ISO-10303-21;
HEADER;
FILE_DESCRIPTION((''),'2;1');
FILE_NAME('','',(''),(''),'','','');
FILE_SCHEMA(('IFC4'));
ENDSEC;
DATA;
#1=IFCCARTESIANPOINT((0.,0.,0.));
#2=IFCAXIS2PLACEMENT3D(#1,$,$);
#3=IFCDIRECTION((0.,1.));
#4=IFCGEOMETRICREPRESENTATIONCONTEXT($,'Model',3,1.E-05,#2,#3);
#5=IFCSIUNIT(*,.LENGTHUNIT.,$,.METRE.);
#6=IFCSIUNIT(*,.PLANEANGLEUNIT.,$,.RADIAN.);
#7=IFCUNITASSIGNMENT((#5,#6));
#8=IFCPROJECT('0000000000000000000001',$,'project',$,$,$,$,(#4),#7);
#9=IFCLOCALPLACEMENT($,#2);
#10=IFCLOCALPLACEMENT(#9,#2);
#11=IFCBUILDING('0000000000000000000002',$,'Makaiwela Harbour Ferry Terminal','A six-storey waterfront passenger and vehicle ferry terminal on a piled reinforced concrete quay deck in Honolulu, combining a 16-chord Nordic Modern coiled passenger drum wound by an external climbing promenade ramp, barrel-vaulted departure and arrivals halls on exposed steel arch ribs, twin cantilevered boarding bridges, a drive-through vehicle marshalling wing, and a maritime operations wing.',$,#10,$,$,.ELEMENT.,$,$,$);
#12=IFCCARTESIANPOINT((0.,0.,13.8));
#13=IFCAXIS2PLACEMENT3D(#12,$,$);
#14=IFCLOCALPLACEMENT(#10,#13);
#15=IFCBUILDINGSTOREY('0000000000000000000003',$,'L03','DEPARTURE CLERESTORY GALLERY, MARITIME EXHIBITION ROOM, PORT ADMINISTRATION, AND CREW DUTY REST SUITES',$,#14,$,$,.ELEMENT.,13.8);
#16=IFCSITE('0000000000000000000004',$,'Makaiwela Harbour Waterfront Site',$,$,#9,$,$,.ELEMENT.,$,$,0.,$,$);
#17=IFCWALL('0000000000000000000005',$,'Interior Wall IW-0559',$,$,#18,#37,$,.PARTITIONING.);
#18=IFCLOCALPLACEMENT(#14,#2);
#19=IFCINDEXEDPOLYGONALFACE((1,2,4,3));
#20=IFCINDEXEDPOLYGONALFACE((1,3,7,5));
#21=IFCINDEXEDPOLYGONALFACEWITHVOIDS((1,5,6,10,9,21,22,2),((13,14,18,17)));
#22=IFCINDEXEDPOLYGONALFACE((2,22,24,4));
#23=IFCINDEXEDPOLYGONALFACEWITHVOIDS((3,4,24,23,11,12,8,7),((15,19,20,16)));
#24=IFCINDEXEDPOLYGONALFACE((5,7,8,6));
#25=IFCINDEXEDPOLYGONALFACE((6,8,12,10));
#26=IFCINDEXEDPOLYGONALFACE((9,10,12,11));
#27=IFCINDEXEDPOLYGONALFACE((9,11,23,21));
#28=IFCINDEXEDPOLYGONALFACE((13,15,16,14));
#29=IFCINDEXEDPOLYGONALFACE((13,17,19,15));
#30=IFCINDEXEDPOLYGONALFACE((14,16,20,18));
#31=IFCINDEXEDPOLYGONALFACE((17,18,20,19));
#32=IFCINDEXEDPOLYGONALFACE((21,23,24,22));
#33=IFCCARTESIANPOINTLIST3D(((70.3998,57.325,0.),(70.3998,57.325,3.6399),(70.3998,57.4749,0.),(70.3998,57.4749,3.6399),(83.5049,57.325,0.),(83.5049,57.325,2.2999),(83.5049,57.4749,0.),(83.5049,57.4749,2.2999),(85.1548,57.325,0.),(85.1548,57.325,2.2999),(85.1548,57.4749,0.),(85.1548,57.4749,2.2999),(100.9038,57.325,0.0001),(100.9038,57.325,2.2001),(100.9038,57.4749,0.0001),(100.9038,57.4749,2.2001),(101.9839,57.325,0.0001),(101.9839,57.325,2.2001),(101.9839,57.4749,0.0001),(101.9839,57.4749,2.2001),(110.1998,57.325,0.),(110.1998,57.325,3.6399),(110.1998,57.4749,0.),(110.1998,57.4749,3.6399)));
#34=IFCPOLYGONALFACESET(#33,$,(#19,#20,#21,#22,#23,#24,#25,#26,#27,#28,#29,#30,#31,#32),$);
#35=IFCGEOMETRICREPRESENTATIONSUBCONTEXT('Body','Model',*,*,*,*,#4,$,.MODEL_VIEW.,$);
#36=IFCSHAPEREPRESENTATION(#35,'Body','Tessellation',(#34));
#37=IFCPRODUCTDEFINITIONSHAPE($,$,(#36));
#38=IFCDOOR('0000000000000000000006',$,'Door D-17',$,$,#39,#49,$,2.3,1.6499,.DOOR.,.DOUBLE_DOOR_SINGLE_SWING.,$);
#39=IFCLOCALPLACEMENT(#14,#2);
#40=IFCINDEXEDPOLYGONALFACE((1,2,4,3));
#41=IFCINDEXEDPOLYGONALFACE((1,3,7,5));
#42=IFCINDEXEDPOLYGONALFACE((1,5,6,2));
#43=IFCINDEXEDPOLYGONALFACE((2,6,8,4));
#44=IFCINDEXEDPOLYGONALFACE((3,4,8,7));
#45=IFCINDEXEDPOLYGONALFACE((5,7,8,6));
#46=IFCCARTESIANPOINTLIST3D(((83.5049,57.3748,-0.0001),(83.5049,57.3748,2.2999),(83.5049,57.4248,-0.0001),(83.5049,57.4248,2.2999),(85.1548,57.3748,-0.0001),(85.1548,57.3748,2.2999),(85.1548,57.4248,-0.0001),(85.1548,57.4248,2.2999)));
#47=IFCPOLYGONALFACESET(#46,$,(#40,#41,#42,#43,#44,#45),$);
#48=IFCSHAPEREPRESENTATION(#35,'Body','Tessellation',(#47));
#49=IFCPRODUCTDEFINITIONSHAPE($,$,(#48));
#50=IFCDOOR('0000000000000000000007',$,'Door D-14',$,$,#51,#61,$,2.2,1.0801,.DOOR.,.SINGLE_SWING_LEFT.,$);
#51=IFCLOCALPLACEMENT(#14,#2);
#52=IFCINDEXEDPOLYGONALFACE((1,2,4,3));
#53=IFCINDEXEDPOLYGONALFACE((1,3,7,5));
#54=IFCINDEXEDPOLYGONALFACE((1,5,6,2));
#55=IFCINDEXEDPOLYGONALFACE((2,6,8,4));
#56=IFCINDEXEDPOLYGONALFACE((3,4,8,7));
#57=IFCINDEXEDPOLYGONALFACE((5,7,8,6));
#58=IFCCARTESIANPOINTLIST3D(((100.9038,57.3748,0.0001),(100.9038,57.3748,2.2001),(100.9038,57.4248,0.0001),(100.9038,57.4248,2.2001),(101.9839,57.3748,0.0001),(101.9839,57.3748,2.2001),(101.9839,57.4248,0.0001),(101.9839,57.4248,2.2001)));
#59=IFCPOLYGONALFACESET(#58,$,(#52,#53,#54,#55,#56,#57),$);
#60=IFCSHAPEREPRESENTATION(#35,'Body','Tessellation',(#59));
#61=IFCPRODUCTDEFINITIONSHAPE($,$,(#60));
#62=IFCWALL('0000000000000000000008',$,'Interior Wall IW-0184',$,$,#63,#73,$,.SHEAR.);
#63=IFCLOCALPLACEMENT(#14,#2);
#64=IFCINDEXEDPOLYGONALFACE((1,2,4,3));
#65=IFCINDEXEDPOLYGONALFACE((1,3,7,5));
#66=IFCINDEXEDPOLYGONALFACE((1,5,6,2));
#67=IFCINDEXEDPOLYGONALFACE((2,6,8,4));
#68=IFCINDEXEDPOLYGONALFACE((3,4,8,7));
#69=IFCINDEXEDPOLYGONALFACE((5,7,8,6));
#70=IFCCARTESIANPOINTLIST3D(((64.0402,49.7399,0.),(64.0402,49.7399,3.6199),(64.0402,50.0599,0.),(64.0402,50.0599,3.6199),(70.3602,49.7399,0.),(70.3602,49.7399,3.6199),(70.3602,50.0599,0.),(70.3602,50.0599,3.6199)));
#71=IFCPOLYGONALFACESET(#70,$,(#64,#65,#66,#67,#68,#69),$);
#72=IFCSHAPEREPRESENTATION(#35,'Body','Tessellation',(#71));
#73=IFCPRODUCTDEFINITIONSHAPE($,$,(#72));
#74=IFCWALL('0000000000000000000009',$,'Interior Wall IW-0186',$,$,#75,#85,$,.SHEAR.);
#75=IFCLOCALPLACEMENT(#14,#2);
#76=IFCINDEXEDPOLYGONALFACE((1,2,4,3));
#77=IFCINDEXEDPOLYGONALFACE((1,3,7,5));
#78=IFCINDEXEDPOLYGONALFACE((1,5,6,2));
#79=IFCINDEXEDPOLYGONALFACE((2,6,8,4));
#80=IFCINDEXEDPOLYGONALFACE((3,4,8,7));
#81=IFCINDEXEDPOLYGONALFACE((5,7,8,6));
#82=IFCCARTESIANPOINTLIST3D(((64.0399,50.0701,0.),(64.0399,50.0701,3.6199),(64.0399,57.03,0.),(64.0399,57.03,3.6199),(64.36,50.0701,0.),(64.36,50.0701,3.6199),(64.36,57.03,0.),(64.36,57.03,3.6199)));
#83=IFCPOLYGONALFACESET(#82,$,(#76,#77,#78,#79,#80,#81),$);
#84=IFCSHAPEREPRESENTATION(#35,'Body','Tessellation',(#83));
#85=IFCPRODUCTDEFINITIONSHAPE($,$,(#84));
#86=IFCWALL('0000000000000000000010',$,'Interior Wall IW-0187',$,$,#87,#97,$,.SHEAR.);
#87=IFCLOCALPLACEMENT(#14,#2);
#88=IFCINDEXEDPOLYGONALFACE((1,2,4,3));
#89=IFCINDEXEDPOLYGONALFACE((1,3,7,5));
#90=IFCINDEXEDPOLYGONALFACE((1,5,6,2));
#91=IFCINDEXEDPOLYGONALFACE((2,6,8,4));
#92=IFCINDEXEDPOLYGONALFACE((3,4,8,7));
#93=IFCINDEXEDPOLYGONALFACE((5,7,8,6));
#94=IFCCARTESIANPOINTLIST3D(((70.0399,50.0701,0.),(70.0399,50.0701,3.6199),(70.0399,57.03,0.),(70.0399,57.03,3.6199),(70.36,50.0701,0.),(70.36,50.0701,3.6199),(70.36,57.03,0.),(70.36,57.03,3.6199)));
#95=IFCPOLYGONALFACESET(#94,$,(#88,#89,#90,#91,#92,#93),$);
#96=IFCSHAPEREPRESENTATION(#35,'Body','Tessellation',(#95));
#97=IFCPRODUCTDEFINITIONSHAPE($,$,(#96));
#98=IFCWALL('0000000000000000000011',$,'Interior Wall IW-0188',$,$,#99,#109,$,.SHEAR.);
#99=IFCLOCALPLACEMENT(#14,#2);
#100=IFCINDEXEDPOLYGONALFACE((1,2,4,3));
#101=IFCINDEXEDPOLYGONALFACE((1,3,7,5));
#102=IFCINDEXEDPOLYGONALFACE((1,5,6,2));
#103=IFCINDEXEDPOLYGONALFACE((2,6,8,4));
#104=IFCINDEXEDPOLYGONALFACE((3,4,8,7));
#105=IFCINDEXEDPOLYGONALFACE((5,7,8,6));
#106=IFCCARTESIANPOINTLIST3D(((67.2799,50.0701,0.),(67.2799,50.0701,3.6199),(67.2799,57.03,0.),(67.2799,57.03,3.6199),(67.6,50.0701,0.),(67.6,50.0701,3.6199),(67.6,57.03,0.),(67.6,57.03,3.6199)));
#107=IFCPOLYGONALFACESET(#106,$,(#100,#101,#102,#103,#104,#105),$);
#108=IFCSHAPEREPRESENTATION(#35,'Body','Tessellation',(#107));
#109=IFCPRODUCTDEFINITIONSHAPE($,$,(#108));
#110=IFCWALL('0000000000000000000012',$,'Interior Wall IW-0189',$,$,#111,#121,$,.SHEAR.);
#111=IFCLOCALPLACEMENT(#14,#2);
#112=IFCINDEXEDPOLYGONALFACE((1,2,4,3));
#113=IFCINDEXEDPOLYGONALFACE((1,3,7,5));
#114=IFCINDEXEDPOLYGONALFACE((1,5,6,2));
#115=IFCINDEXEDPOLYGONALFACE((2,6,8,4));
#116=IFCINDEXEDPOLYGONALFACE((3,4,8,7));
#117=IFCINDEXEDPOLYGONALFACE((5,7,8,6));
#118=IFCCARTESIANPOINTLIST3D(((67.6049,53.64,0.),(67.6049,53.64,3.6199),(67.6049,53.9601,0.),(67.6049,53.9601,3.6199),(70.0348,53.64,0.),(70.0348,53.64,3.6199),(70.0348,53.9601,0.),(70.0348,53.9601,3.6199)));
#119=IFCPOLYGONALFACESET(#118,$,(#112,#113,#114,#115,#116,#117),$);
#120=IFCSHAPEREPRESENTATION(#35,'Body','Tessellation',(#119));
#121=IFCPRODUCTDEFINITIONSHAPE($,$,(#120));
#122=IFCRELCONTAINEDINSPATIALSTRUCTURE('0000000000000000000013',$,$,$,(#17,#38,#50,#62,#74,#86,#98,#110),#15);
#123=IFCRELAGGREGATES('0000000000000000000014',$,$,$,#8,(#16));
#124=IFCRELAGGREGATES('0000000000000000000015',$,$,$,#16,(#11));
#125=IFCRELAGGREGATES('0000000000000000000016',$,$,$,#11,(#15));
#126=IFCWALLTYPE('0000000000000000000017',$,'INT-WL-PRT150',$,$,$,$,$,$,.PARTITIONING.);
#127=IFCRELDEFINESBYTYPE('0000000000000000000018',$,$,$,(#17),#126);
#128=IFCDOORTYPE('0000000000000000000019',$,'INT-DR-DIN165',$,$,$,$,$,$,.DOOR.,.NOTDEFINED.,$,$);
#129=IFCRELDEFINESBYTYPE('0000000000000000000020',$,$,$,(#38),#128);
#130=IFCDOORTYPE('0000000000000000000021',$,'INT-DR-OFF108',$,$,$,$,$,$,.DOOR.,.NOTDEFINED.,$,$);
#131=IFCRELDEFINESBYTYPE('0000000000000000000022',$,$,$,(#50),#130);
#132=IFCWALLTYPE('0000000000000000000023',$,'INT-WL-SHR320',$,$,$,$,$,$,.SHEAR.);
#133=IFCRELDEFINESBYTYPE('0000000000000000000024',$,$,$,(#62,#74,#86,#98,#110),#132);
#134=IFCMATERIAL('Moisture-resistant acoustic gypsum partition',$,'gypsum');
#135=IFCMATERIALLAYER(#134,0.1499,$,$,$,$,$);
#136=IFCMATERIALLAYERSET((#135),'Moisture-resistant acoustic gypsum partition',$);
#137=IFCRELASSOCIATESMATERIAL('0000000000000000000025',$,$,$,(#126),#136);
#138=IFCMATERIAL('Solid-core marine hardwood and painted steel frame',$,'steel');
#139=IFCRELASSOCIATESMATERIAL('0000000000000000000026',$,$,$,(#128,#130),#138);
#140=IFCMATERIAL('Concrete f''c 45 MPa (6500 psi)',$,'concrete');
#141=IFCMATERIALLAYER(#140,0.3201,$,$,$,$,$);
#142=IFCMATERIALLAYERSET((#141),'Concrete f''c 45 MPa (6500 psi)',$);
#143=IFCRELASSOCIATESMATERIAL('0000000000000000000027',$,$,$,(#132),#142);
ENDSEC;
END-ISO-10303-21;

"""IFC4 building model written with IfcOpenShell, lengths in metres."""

from ifc_helpers import new_model, si_unit, direction, frame, frame_2d, origin, place, context, subcontext, project, spatial, rectangle, extrude, material, layer, layer_set, type_object, element, fill, save


model = new_model("IFC4")

# Units and contexts
model_context = context("Model", 3, precision=1e-05, world=origin(), true_north=direction((0.0, 1.0)))
body_context = subcontext(model_context, "Body", "Model", "MODEL_VIEW")
ifc_project = project(units=[si_unit("LENGTHUNIT", "METRE"), si_unit("PLANEANGLEUNIT", "RADIAN")], contexts=[model_context])

# Site, building, storey
site_placement = place(None, origin())
site = spatial("IfcSite", under=ifc_project, at=site_placement, Name="Makaiwela Harbour Waterfront Site", CompositionType="ELEMENT", RefElevation=0.0)
building_placement = place(site_placement, origin())
building = spatial("IfcBuilding", under=site, at=building_placement, Name="Makaiwela Harbour Ferry Terminal", Description="A six-storey waterfront passenger and vehicle ferry terminal on a piled reinforced concrete quay deck in Honolulu, combining a 16-chord Nordic Modern coiled passenger drum wound by an external climbing promenade ramp, barrel-vaulted departure and arrivals halls on exposed steel arch ribs, twin cantilevered boarding bridges, a drive-through vehicle marshalling wing, and a maritime operations wing.", CompositionType="ELEMENT")
storey_placement = place(building_placement, frame((0.0, 0.0, 13.8)))
storey = spatial("IfcBuildingStorey", under=building, at=storey_placement, Name="L03", Description="DEPARTURE CLERESTORY GALLERY, MARITIME EXHIBITION ROOM, PORT ADMINISTRATION, AND CREW DUTY REST SUITES", CompositionType="ELEMENT", Elevation=13.8)

# Wall, openings, doors
ifc_material_1 = material(Name="Moisture-resistant acoustic gypsum partition", Category="gypsum")
ifc_layer_1 = layer(ifc_material_1, 0.1499)
ifc_layer_set_1 = layer_set([ifc_layer_1], Name="Moisture-resistant acoustic gypsum partition")
wall_type_1 = type_object("IfcWallType", Name="INT-WL-PRT150", PredefinedType="PARTITIONING", material=ifc_layer_set_1)
wall_1_placement = place(storey_placement, frame((70.3999, 57.3999, 0.0), z_axis=(0.0, 0.0, 1.0), x_axis=(1.0, 0.0, 0.0)))
wall_1 = element("IfcWall", 1, at=wall_1_placement, inside=storey, type_object=wall_type_1, Name="Interior Wall IW-0559", PredefinedType="PARTITIONING", context=body_context, shape_type="SweptSolid", body=[
    extrude(rectangle(XDim=39.8, YDim=0.1499, at=frame_2d((19.8999, 0.0))), origin(), (0.0, 0.0, 1.0), 3.6399),
])
opening_1_placement = place(wall_1_placement, frame((13.105, 0.0, 0.0)))
opening_1 = element("IfcOpeningElement", 2, at=opening_1_placement, cuts=wall_1, PredefinedType="OPENING", context=body_context, shape_type="SweptSolid", body=[
    extrude(rectangle(XDim=1.6499, YDim=2.3, at=frame_2d((0.825, 1.1499))), frame((0.0, 0.085, 0.0), z_axis=(0.0, -1.0, 0.0), x_axis=(1.0, 0.0, 0.0)), (0.0, 0.0, 1.0), 0.1699),
])
opening_2_placement = place(wall_1_placement, frame((30.5039, 0.0, 0.0)))
opening_2 = element("IfcOpeningElement", 3, at=opening_2_placement, cuts=wall_1, PredefinedType="OPENING", context=body_context, shape_type="SweptSolid", body=[
    extrude(rectangle(XDim=1.0801, YDim=2.2, at=frame_2d((0.54, 1.1001))), frame((0.0, 0.085, 0.0), z_axis=(0.0, -1.0, 0.0), x_axis=(1.0, 0.0, 0.0)), (0.0, 0.0, 1.0), 0.1699),
])
ifc_material_2 = material(Name="Solid-core marine hardwood and painted steel frame", Category="steel")
door_type_1 = type_object("IfcDoorType", Name="INT-DR-DIN165", OperationType="NOTDEFINED", PredefinedType="DOOR", material=ifc_material_2)
door_1_placement = place(opening_1_placement, origin())
door_1 = element("IfcDoor", 4, at=door_1_placement, inside=storey, type_object=door_type_1, Name="Door D-17", OperationType="DOUBLE_DOOR_SINGLE_SWING", OverallHeight=2.3, OverallWidth=1.6499, PredefinedType="DOOR", context=body_context, shape_type="SweptSolid", body=[
    extrude(rectangle(XDim=1.6499, YDim=2.3, at=frame_2d((0.825, 1.1499))), frame((0.0, 0.0249, 0.0), z_axis=(0.0, -1.0, 0.0), x_axis=(1.0, 0.0, 0.0)), (0.0, 0.0, 1.0), 0.05),
])
fill(opening_1, door_1)
door_type_2 = type_object("IfcDoorType", Name="INT-DR-OFF108", OperationType="NOTDEFINED", PredefinedType="DOOR", material=ifc_material_2)
door_2_placement = place(opening_2_placement, origin())
door_2 = element("IfcDoor", 5, at=door_2_placement, inside=storey, type_object=door_type_2, Name="Door D-14", OperationType="SINGLE_SWING_LEFT", OverallHeight=2.2, OverallWidth=1.0801, PredefinedType="DOOR", context=body_context, shape_type="SweptSolid", body=[
    extrude(rectangle(XDim=1.0801, YDim=2.2, at=frame_2d((0.54, 1.1001))), frame((0.0, 0.0249, 0.0), z_axis=(0.0, -1.0, 0.0), x_axis=(1.0, 0.0, 0.0)), (0.0, 0.0, 1.0), 0.05),
])
fill(opening_2, door_2)

# Wall
ifc_material_3 = material(Name="Concrete f'c 45 MPa (6500 psi)", Category="concrete")
ifc_layer_2 = layer(ifc_material_3, 0.3201)
ifc_layer_set_2 = layer_set([ifc_layer_2], Name="Concrete f'c 45 MPa (6500 psi)")
wall_type_2 = type_object("IfcWallType", Name="INT-WL-SHR320", PredefinedType="SHEAR", material=ifc_layer_set_2)
wall_2_placement = place(storey_placement, frame((64.04, 49.8999, 0.0), z_axis=(0.0, 0.0, 1.0), x_axis=(1.0, 0.0, 0.0)))
element("IfcWall", 6, at=wall_2_placement, inside=storey, type_object=wall_type_2, Name="Interior Wall IW-0184", PredefinedType="SHEAR", context=body_context, shape_type="SweptSolid", body=[
    extrude(rectangle(XDim=6.3201, YDim=0.3201, at=frame_2d((3.1602, 0.0))), origin(), (0.0, 0.0, 1.0), 3.6199),
])

# Walls
for number, where, z_axis, x_axis, name in (
    (7, (64.2, 50.0701, 0.0), (0.0, 0.0, 1.0), (0.0, 1.0, 0.0), "Interior Wall IW-0186"),
    (8, (70.2, 50.0701, 0.0), (0.0, 0.0, 1.0), (0.0, 1.0, 0.0), "Interior Wall IW-0187"),
    (9, (67.4399, 50.0701, 0.0), (0.0, 0.0, 1.0), (0.0, 1.0, 0.0), "Interior Wall IW-0188"),
):
    element("IfcWall", number, at=place(storey_placement, frame(where, z_axis=z_axis, x_axis=x_axis)), inside=storey, type_object=wall_type_2, Name=name, PredefinedType="SHEAR", context=body_context, shape_type="SweptSolid", body=[
        extrude(rectangle(XDim=6.96, YDim=0.3201, at=frame_2d((3.48, 0.0))), origin(), (0.0, 0.0, 1.0), 3.6199),
    ])
wall_3_placement = place(storey_placement, frame((67.605, 53.8, 0.0), z_axis=(0.0, 0.0, 1.0), x_axis=(1.0, 0.0, 0.0)))
element("IfcWall", 10, at=wall_3_placement, inside=storey, type_object=wall_type_2, Name="Interior Wall IW-0189", PredefinedType="SHEAR", context=body_context, shape_type="SweptSolid", body=[
    extrude(rectangle(XDim=2.4299, YDim=0.3201, at=frame_2d((1.2148, 0.0))), origin(), (0.0, 0.0, 1.0), 3.6199),
])

save(model, "model.ifc")
